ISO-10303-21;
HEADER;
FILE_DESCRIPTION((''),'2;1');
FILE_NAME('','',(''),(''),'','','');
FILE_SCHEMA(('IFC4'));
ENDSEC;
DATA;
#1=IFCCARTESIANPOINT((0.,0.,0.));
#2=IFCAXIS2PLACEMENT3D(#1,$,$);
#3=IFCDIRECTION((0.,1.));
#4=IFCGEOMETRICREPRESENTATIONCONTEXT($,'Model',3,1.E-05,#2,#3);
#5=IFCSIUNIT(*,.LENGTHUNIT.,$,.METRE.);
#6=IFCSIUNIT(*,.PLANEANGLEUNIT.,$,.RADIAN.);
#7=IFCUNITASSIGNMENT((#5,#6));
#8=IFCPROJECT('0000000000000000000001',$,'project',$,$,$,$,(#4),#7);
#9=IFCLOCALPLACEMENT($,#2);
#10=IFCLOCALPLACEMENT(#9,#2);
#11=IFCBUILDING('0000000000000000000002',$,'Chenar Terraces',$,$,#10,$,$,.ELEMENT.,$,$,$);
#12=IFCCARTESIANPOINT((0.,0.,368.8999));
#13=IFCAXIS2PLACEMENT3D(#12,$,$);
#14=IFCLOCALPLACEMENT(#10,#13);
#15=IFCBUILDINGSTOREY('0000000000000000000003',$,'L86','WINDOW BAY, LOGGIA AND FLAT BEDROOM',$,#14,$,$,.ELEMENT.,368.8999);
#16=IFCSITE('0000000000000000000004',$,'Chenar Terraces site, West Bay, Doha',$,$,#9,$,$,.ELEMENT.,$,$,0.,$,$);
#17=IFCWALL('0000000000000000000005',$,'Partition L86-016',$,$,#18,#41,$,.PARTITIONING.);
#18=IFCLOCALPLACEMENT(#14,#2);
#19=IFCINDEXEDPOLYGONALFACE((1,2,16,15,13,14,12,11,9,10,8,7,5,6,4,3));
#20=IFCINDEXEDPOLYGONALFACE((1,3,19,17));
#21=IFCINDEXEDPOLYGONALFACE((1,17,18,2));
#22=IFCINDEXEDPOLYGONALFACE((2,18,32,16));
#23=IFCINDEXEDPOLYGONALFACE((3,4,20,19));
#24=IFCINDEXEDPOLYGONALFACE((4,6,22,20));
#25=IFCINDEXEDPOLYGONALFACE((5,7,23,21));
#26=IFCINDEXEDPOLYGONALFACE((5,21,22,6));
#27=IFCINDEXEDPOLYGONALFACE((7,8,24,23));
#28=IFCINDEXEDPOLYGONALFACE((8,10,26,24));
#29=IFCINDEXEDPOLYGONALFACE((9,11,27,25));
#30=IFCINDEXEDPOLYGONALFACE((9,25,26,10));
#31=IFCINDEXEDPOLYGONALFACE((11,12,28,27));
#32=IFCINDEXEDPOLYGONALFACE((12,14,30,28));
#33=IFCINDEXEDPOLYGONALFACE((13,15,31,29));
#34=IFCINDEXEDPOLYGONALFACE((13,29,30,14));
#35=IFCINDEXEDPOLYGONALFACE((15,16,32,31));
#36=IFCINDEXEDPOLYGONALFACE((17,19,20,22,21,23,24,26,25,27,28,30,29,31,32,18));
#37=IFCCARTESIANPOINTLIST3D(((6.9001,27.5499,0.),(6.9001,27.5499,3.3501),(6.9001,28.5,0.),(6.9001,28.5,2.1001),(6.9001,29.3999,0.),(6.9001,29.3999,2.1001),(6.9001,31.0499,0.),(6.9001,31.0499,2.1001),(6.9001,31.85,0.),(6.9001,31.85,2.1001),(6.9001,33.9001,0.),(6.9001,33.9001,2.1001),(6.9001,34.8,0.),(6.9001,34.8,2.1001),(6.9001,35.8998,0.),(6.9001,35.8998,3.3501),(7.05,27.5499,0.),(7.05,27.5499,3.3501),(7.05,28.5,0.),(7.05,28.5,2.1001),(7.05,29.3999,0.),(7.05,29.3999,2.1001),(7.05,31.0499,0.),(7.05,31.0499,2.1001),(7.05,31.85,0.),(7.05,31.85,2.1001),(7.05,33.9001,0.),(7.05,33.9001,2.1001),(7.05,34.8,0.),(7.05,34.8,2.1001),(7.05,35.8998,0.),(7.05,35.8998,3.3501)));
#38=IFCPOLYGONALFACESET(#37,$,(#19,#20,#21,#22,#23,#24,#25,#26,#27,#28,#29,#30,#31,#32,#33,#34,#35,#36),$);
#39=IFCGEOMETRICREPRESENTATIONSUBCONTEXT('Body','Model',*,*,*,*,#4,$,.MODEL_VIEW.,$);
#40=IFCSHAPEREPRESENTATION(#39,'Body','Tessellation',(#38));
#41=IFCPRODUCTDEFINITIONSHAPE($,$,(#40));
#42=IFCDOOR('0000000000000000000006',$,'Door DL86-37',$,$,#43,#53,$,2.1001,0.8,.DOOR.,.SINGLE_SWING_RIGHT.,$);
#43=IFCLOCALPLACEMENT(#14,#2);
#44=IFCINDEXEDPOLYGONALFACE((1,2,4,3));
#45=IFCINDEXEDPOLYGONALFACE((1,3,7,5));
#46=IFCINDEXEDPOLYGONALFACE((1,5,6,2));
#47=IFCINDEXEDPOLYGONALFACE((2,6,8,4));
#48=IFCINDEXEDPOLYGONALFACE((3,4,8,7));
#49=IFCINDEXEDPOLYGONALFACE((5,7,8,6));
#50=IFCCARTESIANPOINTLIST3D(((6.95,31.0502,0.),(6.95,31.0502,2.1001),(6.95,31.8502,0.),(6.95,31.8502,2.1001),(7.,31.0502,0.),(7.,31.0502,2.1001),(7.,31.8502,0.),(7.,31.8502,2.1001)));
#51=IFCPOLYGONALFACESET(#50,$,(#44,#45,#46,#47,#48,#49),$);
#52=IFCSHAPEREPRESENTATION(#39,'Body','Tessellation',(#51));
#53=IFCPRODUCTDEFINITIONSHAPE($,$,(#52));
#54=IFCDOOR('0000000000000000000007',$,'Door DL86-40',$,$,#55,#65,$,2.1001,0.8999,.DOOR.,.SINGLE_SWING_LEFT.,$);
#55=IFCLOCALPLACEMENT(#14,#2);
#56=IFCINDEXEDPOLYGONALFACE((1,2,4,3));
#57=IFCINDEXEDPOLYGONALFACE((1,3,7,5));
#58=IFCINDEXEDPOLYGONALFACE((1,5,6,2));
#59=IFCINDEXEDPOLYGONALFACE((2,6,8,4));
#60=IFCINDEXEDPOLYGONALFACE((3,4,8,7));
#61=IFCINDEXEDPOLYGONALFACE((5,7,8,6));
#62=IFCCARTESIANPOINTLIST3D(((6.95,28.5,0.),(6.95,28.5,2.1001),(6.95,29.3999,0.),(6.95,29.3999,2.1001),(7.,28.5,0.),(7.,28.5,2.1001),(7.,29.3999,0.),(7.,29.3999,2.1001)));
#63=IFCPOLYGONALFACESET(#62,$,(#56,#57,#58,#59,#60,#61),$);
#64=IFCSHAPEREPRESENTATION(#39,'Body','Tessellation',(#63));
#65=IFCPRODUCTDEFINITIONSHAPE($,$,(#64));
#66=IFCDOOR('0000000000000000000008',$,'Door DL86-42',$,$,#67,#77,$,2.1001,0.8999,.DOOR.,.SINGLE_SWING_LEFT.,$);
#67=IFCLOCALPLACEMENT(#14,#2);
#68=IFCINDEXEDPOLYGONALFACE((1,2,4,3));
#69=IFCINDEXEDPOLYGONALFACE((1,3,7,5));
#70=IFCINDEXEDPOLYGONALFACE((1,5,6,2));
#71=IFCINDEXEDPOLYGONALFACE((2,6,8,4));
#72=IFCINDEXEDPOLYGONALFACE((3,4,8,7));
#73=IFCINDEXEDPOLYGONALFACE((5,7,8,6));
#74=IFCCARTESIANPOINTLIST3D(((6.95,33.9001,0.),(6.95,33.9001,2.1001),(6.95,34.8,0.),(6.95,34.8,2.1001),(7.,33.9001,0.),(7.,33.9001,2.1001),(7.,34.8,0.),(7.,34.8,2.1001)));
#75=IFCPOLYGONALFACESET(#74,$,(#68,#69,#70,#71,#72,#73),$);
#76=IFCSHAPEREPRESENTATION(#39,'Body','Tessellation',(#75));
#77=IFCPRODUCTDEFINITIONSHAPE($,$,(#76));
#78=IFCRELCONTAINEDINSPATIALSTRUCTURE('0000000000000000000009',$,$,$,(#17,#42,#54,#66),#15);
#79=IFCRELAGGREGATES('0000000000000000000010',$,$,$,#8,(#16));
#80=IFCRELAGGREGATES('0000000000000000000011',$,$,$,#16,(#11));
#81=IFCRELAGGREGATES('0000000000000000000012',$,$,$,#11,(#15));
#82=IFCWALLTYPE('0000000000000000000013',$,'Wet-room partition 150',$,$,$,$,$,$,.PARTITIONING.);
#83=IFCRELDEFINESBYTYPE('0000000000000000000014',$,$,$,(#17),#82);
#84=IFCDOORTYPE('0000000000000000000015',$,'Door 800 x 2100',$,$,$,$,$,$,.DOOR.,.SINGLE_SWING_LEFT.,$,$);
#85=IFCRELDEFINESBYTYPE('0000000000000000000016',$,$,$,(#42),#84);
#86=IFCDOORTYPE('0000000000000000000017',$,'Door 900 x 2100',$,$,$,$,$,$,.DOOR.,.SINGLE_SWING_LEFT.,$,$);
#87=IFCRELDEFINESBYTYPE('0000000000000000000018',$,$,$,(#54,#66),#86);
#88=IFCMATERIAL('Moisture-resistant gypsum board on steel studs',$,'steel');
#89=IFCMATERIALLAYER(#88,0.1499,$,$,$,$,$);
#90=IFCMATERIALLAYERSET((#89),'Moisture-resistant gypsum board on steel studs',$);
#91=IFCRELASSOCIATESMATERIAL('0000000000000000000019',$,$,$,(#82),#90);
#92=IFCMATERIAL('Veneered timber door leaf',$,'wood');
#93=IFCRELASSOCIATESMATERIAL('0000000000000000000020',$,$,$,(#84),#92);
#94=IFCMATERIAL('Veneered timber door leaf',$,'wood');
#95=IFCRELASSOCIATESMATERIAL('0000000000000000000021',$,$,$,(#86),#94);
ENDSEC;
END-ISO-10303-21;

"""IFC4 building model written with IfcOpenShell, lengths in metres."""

from ifc_helpers import new_model, si_unit, direction, frame, frame_2d, origin, place, context, subcontext, project, spatial, rectangle, extrude, material, layer, layer_set, type_object, element, fill, save


model = new_model("IFC4")

# Units and contexts
model_context = context("Model", 3, precision=1e-05, world=origin(), true_north=direction((0.0, 1.0)))
body_context = subcontext(model_context, "Body", "Model", "MODEL_VIEW")
ifc_project = project(units=[si_unit("LENGTHUNIT", "METRE"), si_unit("PLANEANGLEUNIT", "RADIAN")], contexts=[model_context])

# Site, building, storey
site_placement = place(None, origin())
site = spatial("IfcSite", under=ifc_project, at=site_placement, Name="Chenar Terraces site, West Bay, Doha", CompositionType="ELEMENT", RefElevation=0.0)
building_placement = place(site_placement, origin())
building = spatial("IfcBuilding", under=site, at=building_placement, Name="Chenar Terraces", CompositionType="ELEMENT")
storey_placement = place(building_placement, frame((0.0, 0.0, 368.8999)))
storey = spatial("IfcBuildingStorey", under=building, at=storey_placement, Name="L86", Description="WINDOW BAY, LOGGIA AND FLAT BEDROOM", CompositionType="ELEMENT", Elevation=368.8999)

# Shared definitions
ifc_material_1 = material(Name="Moisture-resistant gypsum board on steel studs", Category="steel")
ifc_layer_1 = layer(ifc_material_1, 0.1499)
ifc_layer_set_1 = layer_set([ifc_layer_1], Name="Moisture-resistant gypsum board on steel studs")
wall_type_1 = type_object("IfcWallType", Name="Wet-room partition 150", PredefinedType="PARTITIONING", material=ifc_layer_set_1)

# Wall, openings, doors
wall_1_placement = place(storey_placement, frame((6.9751, 27.55, 0.0), z_axis=(0.0, 0.0, 1.0), x_axis=(0.0, 1.0, 0.0)))
wall_1 = element("IfcWall", 1, at=wall_1_placement, inside=storey, type_object=wall_type_1, Name="Partition L86-016", PredefinedType="PARTITIONING", context=body_context, shape_type="SweptSolid", body=[
    extrude(rectangle(XDim=8.3499, YDim=0.1499, at=frame_2d((4.1748, 0.0))), origin(), (0.0, 0.0, 1.0), 3.3501),
])
opening_1_placement = place(wall_1_placement, frame((3.5, 0.0, 0.0)))
opening_1 = element("IfcOpeningElement", 2, at=opening_1_placement, cuts=wall_1, PredefinedType="OPENING", context=body_context, shape_type="SweptSolid", body=[
    extrude(rectangle(XDim=0.8, YDim=2.1001, at=frame_2d((0.3999, 1.05))), frame((0.0, 0.085, 0.0), z_axis=(0.0, -1.0, 0.0), x_axis=(1.0, 0.0, 0.0)), (0.0, 0.0, 1.0), 0.1699),
])
opening_2_placement = place(wall_1_placement, frame((0.95, 0.0, 0.0)))
opening_2 = element("IfcOpeningElement", 3, at=opening_2_placement, cuts=wall_1, PredefinedType="OPENING", context=body_context, shape_type="SweptSolid", body=[
    extrude(rectangle(XDim=0.8999, YDim=2.1001, at=frame_2d((0.45, 1.05))), frame((0.0, 0.085, 0.0), z_axis=(0.0, -1.0, 0.0), x_axis=(1.0, 0.0, 0.0)), (0.0, 0.0, 1.0), 0.1699),
])
opening_3_placement = place(wall_1_placement, frame((6.3501, 0.0, 0.0)))
opening_3 = element("IfcOpeningElement", 4, at=opening_3_placement, cuts=wall_1, PredefinedType="OPENING", context=body_context, shape_type="SweptSolid", body=[
    extrude(rectangle(XDim=0.8999, YDim=2.1001, at=frame_2d((0.45, 1.05))), frame((0.0, 0.085, 0.0), z_axis=(0.0, -1.0, 0.0), x_axis=(1.0, 0.0, 0.0)), (0.0, 0.0, 1.0), 0.1699),
])
ifc_material_2 = material(Name="Veneered timber door leaf", Category="wood")
door_type_1 = type_object("IfcDoorType", Name="Door 800 x 2100", OperationType="SINGLE_SWING_LEFT", PredefinedType="DOOR", material=ifc_material_2)
door_1_placement = place(opening_1_placement, frame((0.8, 0.0, 0.0), z_axis=(0.0, 0.0, 1.0), x_axis=(-1.0, 0.0, 0.0)))
door_1 = element("IfcDoor", 5, at=door_1_placement, inside=storey, type_object=door_type_1, Name="Door DL86-37", OperationType="SINGLE_SWING_RIGHT", OverallHeight=2.1001, OverallWidth=0.8, PredefinedType="DOOR", context=body_context, shape_type="SweptSolid", body=[
    extrude(rectangle(XDim=0.8, YDim=2.1001, at=frame_2d((0.3999, 1.05))), frame((0.0, 0.0249, 0.0), z_axis=(0.0, -1.0, 0.0), x_axis=(1.0, 0.0, 0.0)), (0.0, 0.0, 1.0), 0.05),
])
fill(opening_1, door_1)
ifc_material_3 = material(Name="Veneered timber door leaf", Category="wood")
door_type_2 = type_object("IfcDoorType", Name="Door 900 x 2100", OperationType="SINGLE_SWING_LEFT", PredefinedType="DOOR", material=ifc_material_3)
door_2_placement = place(opening_2_placement, frame((0.8999, 0.0, 0.0), z_axis=(0.0, 0.0, 1.0), x_axis=(-1.0, 0.0, 0.0)))
door_2 = element("IfcDoor", 6, at=door_2_placement, inside=storey, type_object=door_type_2, Name="Door DL86-40", OperationType="SINGLE_SWING_LEFT", OverallHeight=2.1001, OverallWidth=0.8999, PredefinedType="DOOR", context=body_context, shape_type="SweptSolid", body=[
    extrude(rectangle(XDim=0.8999, YDim=2.1001, at=frame_2d((0.45, 1.05))), frame((0.0, 0.0249, 0.0), z_axis=(0.0, -1.0, 0.0), x_axis=(1.0, 0.0, 0.0)), (0.0, 0.0, 1.0), 0.05),
])
fill(opening_2, door_2)
door_3_placement = place(opening_3_placement, frame((0.8999, 0.0, 0.0), z_axis=(0.0, 0.0, 1.0), x_axis=(-1.0, 0.0, 0.0)))
door_3 = element("IfcDoor", 7, at=door_3_placement, inside=storey, type_object=door_type_2, Name="Door DL86-42", OperationType="SINGLE_SWING_LEFT", OverallHeight=2.1001, OverallWidth=0.8999, PredefinedType="DOOR", context=body_context, shape_type="SweptSolid", body=[
    extrude(rectangle(XDim=0.8999, YDim=2.1001, at=frame_2d((0.45, 1.05))), frame((0.0, 0.0249, 0.0), z_axis=(0.0, -1.0, 0.0), x_axis=(1.0, 0.0, 0.0)), (0.0, 0.0, 1.0), 0.05),
])
fill(opening_3, door_3)

save(model, "model.ifc")
